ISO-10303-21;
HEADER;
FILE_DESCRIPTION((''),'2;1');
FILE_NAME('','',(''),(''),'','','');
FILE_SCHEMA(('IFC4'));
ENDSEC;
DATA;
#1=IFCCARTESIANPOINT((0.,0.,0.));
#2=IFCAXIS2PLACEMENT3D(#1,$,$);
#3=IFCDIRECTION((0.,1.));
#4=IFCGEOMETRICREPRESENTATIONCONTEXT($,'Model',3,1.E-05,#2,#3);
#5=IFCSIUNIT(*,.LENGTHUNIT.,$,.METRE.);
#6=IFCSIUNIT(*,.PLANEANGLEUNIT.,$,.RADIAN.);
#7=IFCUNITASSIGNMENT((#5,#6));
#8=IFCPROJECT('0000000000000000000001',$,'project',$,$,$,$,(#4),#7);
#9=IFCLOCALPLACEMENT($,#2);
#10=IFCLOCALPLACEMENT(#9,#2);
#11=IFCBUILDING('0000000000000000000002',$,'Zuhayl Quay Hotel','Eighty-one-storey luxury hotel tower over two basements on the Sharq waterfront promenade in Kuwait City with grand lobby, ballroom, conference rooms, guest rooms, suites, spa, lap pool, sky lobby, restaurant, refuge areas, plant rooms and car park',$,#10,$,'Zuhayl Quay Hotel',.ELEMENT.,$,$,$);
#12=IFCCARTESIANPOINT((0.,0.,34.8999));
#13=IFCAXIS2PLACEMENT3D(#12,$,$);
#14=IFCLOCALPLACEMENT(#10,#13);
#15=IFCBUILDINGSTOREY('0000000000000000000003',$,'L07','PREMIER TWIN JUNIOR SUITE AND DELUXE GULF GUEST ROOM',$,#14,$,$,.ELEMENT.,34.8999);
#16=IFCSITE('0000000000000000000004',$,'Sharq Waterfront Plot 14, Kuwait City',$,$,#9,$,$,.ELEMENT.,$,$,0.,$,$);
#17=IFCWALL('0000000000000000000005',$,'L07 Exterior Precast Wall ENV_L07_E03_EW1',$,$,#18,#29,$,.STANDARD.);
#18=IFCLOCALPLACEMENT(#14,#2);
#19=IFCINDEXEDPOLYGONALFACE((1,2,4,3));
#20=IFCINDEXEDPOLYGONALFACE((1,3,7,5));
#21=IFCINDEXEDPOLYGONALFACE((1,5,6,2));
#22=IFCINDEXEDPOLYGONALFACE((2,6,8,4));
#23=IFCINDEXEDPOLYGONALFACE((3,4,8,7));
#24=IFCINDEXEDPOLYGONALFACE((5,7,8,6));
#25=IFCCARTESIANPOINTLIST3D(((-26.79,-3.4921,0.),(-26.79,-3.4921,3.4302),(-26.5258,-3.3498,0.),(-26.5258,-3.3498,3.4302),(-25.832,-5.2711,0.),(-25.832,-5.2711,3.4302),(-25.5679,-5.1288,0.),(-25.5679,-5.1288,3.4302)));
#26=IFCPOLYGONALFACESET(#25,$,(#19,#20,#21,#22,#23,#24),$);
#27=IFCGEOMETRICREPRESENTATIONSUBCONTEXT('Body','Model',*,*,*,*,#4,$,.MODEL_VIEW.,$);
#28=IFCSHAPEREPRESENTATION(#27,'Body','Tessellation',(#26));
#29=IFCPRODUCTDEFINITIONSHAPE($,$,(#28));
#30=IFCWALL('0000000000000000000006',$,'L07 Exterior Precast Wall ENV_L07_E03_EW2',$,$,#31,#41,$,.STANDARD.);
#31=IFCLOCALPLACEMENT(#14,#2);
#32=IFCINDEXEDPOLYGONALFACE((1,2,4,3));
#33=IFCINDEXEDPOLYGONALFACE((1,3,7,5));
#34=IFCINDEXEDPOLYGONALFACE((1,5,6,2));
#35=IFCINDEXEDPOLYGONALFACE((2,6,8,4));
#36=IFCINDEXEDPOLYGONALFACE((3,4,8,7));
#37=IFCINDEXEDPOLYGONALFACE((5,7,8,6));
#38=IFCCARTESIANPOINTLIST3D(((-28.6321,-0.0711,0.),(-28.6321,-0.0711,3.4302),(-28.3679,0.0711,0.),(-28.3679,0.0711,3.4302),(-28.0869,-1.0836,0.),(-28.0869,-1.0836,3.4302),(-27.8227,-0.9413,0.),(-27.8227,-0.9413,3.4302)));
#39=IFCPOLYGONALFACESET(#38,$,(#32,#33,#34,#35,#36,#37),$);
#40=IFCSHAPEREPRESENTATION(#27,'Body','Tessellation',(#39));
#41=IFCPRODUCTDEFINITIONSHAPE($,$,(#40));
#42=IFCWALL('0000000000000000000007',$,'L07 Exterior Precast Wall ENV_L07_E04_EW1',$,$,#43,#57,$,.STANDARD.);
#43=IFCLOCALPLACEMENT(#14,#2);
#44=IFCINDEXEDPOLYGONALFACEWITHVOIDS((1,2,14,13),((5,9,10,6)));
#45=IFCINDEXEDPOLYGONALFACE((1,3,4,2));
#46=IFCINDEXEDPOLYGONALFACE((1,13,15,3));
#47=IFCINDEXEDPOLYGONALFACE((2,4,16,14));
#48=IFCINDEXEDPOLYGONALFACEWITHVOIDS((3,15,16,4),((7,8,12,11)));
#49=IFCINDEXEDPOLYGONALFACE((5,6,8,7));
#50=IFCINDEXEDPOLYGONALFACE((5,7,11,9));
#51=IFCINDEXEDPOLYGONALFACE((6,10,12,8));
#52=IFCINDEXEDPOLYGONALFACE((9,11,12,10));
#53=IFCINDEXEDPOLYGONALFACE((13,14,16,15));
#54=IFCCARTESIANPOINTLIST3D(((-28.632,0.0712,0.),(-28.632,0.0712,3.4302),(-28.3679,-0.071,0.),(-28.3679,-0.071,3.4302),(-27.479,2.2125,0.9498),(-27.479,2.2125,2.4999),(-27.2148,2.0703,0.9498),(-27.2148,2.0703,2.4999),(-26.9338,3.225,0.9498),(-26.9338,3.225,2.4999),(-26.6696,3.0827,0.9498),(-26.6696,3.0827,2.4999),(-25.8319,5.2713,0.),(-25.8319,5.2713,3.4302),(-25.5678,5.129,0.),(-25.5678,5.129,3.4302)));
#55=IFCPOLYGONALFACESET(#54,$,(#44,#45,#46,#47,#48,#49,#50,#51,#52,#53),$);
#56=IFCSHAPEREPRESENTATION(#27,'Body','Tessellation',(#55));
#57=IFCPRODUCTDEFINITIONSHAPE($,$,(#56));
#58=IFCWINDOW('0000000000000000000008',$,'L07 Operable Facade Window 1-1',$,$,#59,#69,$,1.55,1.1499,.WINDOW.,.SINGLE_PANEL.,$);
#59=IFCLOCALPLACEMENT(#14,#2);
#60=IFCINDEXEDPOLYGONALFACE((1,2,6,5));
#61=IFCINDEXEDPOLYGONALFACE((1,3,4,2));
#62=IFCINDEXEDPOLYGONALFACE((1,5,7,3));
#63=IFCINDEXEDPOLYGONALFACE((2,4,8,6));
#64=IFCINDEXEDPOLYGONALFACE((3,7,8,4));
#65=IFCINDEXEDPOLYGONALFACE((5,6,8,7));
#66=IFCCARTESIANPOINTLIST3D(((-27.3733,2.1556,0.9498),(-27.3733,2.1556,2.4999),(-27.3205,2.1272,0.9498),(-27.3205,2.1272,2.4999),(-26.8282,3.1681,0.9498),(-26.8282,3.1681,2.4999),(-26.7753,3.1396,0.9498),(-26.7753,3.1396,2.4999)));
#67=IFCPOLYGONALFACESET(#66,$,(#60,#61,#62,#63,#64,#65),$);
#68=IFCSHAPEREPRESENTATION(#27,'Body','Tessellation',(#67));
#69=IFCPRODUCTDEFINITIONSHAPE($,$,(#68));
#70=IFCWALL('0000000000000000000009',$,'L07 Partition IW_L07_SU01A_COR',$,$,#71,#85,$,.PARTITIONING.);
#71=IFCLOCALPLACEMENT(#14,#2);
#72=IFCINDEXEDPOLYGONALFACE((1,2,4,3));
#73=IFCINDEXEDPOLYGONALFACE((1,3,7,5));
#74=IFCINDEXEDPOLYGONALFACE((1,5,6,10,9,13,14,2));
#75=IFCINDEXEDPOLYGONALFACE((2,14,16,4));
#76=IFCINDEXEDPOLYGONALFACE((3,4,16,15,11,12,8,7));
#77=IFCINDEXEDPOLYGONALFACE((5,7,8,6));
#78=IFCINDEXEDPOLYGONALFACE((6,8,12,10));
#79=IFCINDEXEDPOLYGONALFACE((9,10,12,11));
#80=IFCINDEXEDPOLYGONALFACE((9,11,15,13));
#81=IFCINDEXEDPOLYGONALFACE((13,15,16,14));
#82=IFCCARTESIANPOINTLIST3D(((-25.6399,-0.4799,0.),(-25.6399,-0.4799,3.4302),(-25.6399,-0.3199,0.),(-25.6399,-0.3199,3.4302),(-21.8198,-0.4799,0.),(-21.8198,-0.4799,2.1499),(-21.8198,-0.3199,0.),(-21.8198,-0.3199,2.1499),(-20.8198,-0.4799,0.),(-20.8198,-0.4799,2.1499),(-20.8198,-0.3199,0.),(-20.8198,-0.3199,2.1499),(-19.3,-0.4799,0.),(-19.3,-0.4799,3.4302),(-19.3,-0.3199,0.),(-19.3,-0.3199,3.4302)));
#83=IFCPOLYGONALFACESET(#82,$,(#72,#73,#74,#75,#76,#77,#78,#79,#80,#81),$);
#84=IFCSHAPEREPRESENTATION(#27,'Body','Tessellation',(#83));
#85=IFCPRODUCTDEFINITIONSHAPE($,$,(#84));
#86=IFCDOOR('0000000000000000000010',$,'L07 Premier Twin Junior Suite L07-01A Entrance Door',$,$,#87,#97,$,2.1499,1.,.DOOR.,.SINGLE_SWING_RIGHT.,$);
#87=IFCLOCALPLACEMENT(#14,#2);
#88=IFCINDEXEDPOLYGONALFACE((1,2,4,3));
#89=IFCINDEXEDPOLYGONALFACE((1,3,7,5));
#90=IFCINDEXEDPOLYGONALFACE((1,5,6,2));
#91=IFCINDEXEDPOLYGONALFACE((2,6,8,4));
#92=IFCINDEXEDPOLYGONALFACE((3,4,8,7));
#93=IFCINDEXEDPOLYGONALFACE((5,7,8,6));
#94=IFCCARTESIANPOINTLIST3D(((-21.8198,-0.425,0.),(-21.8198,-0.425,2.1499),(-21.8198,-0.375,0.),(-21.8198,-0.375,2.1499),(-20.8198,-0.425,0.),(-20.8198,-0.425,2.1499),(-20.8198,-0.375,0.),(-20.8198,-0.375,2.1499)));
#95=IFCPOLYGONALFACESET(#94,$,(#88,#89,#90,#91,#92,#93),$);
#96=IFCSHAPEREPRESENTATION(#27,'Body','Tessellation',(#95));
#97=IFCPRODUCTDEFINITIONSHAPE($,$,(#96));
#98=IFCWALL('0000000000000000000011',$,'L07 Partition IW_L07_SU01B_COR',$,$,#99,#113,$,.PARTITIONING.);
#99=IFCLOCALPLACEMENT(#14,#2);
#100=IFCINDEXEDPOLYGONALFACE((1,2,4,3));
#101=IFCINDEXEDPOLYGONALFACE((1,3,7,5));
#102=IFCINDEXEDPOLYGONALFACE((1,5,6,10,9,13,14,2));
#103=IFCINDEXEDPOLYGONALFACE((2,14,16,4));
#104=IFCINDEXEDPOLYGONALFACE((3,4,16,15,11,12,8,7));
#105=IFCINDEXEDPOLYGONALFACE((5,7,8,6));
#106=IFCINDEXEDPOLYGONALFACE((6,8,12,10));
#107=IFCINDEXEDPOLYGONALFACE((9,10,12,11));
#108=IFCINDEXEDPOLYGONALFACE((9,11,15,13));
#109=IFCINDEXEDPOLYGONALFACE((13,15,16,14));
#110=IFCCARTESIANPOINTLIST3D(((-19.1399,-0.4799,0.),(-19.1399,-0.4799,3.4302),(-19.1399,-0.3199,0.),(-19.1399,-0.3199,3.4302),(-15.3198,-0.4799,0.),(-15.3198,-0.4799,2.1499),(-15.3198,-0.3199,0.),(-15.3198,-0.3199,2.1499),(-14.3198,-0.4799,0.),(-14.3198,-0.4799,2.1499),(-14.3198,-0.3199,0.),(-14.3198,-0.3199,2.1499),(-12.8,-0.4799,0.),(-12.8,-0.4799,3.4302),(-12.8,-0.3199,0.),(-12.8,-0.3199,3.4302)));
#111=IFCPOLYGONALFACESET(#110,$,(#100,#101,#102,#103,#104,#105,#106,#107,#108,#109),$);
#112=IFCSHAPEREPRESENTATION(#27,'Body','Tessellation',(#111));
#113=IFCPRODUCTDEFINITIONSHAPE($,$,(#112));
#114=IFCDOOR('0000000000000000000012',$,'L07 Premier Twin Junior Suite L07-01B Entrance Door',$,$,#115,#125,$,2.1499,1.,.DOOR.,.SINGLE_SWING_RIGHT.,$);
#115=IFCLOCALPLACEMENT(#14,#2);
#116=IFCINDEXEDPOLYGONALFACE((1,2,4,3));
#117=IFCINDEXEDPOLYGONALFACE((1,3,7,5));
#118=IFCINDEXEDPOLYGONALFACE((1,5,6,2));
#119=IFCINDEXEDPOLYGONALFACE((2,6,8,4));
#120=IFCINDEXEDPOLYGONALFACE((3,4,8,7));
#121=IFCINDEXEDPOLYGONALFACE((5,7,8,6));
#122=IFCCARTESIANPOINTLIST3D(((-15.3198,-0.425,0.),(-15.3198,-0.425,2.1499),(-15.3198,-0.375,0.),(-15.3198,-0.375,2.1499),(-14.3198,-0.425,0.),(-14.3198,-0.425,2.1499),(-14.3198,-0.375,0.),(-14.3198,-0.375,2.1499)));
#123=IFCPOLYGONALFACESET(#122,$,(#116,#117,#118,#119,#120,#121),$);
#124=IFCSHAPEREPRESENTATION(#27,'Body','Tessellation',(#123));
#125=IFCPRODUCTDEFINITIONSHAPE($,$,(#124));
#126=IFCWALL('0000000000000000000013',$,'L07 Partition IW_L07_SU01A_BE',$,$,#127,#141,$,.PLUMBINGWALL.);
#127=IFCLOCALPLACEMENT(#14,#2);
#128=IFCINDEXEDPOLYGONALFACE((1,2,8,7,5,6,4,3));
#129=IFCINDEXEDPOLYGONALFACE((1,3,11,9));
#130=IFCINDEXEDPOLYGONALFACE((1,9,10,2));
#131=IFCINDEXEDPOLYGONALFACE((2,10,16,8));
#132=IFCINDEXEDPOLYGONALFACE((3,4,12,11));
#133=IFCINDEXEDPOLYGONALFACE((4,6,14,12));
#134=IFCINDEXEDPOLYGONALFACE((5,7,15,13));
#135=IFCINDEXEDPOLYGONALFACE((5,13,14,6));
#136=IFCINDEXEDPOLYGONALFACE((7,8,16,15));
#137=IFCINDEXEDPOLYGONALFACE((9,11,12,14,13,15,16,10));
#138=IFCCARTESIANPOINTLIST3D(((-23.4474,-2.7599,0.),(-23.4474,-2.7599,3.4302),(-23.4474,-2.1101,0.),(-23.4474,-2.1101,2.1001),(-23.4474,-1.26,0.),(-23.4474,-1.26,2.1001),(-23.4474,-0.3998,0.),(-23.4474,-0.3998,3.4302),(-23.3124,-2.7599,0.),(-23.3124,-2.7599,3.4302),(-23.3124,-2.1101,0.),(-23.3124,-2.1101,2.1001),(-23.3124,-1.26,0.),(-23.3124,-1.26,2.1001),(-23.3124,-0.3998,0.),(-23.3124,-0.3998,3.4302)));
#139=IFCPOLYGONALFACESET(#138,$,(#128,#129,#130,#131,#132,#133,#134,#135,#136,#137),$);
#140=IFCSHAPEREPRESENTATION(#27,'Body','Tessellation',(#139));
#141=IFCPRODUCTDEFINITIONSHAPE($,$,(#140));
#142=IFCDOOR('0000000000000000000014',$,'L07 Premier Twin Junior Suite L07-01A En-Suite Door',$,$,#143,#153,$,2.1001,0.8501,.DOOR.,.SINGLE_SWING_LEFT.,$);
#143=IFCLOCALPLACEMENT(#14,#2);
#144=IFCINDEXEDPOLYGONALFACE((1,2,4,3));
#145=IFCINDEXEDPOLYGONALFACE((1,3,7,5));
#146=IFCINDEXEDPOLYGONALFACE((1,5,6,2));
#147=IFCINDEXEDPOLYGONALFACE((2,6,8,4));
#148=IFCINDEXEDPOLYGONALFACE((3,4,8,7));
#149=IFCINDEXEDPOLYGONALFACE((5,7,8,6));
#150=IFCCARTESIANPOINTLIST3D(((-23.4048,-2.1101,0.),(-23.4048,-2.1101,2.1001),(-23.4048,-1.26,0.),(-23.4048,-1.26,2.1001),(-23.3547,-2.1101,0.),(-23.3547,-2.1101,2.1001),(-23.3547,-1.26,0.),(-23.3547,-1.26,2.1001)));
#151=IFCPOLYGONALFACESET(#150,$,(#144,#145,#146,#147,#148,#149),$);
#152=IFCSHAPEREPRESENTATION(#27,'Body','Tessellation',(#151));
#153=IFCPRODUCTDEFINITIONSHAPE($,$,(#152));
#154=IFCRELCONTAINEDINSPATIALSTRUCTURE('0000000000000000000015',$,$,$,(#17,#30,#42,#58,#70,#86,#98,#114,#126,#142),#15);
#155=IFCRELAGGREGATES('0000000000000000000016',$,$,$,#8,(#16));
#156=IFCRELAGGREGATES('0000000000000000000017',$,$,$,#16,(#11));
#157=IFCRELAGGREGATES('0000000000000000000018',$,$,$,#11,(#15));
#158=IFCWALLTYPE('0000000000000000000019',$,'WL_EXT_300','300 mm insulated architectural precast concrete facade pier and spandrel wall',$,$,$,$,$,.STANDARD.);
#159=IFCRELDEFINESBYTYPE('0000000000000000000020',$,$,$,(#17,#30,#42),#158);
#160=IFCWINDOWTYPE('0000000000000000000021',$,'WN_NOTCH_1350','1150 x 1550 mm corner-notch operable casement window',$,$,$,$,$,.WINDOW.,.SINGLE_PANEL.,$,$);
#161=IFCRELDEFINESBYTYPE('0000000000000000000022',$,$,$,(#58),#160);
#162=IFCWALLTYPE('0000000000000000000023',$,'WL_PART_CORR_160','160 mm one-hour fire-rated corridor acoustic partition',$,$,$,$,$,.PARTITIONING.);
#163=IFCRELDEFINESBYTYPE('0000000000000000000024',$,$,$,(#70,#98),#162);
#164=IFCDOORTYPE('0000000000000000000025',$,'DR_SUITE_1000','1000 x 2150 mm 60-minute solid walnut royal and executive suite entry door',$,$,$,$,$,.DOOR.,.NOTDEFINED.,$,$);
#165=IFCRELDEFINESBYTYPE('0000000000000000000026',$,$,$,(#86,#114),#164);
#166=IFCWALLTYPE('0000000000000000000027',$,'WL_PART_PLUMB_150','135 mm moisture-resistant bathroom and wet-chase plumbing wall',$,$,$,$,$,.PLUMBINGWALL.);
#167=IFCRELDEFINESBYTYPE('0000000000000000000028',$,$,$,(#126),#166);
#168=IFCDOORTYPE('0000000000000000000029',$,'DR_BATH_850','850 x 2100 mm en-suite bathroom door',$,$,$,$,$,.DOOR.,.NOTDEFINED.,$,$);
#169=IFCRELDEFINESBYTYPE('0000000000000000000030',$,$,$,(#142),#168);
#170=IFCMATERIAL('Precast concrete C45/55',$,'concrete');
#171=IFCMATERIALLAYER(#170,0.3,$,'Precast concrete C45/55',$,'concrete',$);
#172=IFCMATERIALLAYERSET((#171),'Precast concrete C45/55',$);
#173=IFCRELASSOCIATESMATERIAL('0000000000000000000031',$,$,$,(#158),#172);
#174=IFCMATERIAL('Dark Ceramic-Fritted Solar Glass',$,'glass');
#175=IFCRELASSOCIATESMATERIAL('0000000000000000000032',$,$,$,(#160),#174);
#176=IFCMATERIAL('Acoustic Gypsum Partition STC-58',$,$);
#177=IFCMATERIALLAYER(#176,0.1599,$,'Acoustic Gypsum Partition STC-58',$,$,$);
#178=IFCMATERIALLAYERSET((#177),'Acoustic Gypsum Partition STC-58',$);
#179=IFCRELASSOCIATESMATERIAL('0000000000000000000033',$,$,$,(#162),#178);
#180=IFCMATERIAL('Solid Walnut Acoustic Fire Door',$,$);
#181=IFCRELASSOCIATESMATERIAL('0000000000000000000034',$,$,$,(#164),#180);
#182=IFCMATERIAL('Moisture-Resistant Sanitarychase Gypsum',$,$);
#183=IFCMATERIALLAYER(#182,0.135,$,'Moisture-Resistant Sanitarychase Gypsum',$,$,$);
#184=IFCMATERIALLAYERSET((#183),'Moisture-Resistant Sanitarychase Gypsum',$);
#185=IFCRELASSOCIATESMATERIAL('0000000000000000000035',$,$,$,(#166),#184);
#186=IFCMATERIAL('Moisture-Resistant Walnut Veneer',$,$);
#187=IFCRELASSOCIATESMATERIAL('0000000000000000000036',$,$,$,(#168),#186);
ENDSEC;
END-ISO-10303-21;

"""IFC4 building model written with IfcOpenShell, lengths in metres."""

from ifc_helpers import new_model, si_unit, direction, frame, frame_2d, origin, place, context, subcontext, project, spatial, rectangle, extrude, material, layer, layer_set, type_object, element, fill, save


model = new_model("IFC4")

# Units and contexts
model_context = context("Model", 3, precision=1e-05, world=origin(), true_north=direction((0.0, 1.0)))
body_context = subcontext(model_context, "Body", "Model", "MODEL_VIEW")
ifc_project = project(units=[si_unit("LENGTHUNIT", "METRE"), si_unit("PLANEANGLEUNIT", "RADIAN")], contexts=[model_context])

# Site, building, storey
site_placement = place(None, origin())
site = spatial("IfcSite", under=ifc_project, at=site_placement, Name="Sharq Waterfront Plot 14, Kuwait City", CompositionType="ELEMENT", RefElevation=0.0)
building_placement = place(site_placement, origin())
building = spatial("IfcBuilding", under=site, at=building_placement, Name="Zuhayl Quay Hotel", Description="Eighty-one-storey luxury hotel tower over two basements on the Sharq waterfront promenade in Kuwait City with grand lobby, ballroom, conference rooms, guest rooms, suites, spa, lap pool, sky lobby, restaurant, refuge areas, plant rooms and car park", LongName="Zuhayl Quay Hotel", CompositionType="ELEMENT")
storey_placement = place(building_placement, frame((0.0, 0.0, 34.8999)))
storey = spatial("IfcBuildingStorey", under=building, at=storey_placement, Name="L07", Description="PREMIER TWIN JUNIOR SUITE AND DELUXE GULF GUEST ROOM", CompositionType="ELEMENT", Elevation=34.8999)

# Shared definitions
ifc_material_1 = material(Name="Dark Ceramic-Fritted Solar Glass", Category="glass")

# Walls
ifc_material_2 = material(Name="Precast concrete C45/55", Category="concrete")
ifc_layer_1 = layer(ifc_material_2, 0.3, Name="Precast concrete C45/55", Category="concrete")
ifc_layer_set_1 = layer_set([ifc_layer_1], Name="Precast concrete C45/55")
wall_type_1 = type_object("IfcWallType", Name="WL_EXT_300", Description="300 mm insulated architectural precast concrete facade pier and spandrel wall", PredefinedType="STANDARD", material=ifc_layer_set_1)
wall_1_placement = place(storey_placement, frame((-25.7, -5.2, 0.0), z_axis=(0.0, 0.0, 1.0), x_axis=(-0.474121, 0.880459, 0.0)))
element("IfcWall", 1, at=wall_1_placement, inside=storey, type_object=wall_type_1, Name="L07 Exterior Precast Wall ENV_L07_E03_EW1", PredefinedType="STANDARD", context=body_context, shape_type="SweptSolid", body=[
    extrude(rectangle(XDim=2.0205, YDim=0.3, at=frame_2d((1.0103, 0.0))), origin(), (0.0, 0.0, 1.0), 3.4302),
])
wall_2_placement = place(storey_placement, frame((-27.9548, -1.0125, 0.0), z_axis=(0.0, 0.0, 1.0), x_axis=(-0.4741, 0.880471, 0.0)))
element("IfcWall", 2, at=wall_2_placement, inside=storey, type_object=wall_type_1, Name="L07 Exterior Precast Wall ENV_L07_E03_EW2", PredefinedType="STANDARD", context=body_context, shape_type="SweptSolid", body=[
    extrude(rectangle(XDim=1.1499, YDim=0.3, at=frame_2d((0.575, 0.0))), origin(), (0.0, 0.0, 1.0), 3.4302),
])

# Wall, opening, window
wall_3_placement = place(storey_placement, frame((-28.5, 0.0, 0.0), z_axis=(0.0, 0.0, 1.0), x_axis=(0.47411, 0.880466, 0.0)))
wall_3 = element("IfcWall", 3, at=wall_3_placement, inside=storey, type_object=wall_type_1, Name="L07 Exterior Precast Wall ENV_L07_E04_EW1", PredefinedType="STANDARD", context=body_context, shape_type="SweptSolid", body=[
    extrude(rectangle(XDim=5.906, YDim=0.3, at=frame_2d((2.9531, 0.0))), origin(), (0.0, 0.0, 1.0), 3.4302),
])
opening_1_placement = place(wall_3_placement, frame((2.4321, 0.0, 0.95)))
opening_1 = element("IfcOpeningElement", 4, at=opening_1_placement, cuts=wall_3, PredefinedType="OPENING", context=body_context, shape_type="SweptSolid", body=[
    extrude(rectangle(XDim=1.1499, YDim=1.55, at=frame_2d((0.575, 0.7749))), frame((0.0, 0.1599, 0.0), z_axis=(0.0, -1.0, 0.0), x_axis=(1.0, 0.0, 0.0)), (0.0, 0.0, 1.0), 0.3201),
])
window_type = type_object("IfcWindowType", Name="WN_NOTCH_1350", Description="1150 x 1550 mm corner-notch operable casement window", PartitioningType="SINGLE_PANEL", PredefinedType="WINDOW", material=ifc_material_1)
window_placement = place(opening_1_placement, origin())
window = element("IfcWindow", 5, at=window_placement, inside=storey, type_object=window_type, Name="L07 Operable Facade Window 1-1", OverallHeight=1.55, OverallWidth=1.1499, PartitioningType="SINGLE_PANEL", PredefinedType="WINDOW", context=body_context, shape_type="SweptSolid", body=[
    extrude(rectangle(XDim=1.1499, YDim=1.55, at=frame_2d((0.575, 0.7749))), frame((0.0, 0.03, 0.0), z_axis=(0.0, -1.0, 0.0), x_axis=(1.0, 0.0, 0.0)), (0.0, 0.0, 1.0), 0.0601),
])
fill(opening_1, window)

# Walls, openings, doors
ifc_material_3 = material(Name="Acoustic Gypsum Partition STC-58")
ifc_layer_2 = layer(ifc_material_3, 0.1599, Name="Acoustic Gypsum Partition STC-58")
ifc_layer_set_2 = layer_set([ifc_layer_2], Name="Acoustic Gypsum Partition STC-58")
wall_type_2 = type_object("IfcWallType", Name="WL_PART_CORR_160", Description="160 mm one-hour fire-rated corridor acoustic partition", PredefinedType="PARTITIONING", material=ifc_layer_set_2)
wall_4_placement = place(storey_placement, frame((-25.6399, -0.3999, 0.0), z_axis=(0.0, 0.0, 1.0), x_axis=(1.0, 0.0, 0.0)))
wall_4 = element("IfcWall", 6, at=wall_4_placement, inside=storey, type_object=wall_type_2, Name="L07 Partition IW_L07_SU01A_COR", PredefinedType="PARTITIONING", context=body_context, shape_type="SweptSolid", body=[
    extrude(rectangle(XDim=6.3398, YDim=0.1599, at=frame_2d((3.1699, 0.0))), origin(), (0.0, 0.0, 1.0), 3.4302),
])
opening_2_placement = place(wall_4_placement, frame((3.8201, 0.0, 0.0)))
opening_2 = element("IfcOpeningElement", 7, at=opening_2_placement, cuts=wall_4, PredefinedType="OPENING", context=body_context, shape_type="SweptSolid", body=[
    extrude(rectangle(XDim=1.0, YDim=2.1499, at=frame_2d((0.5, 1.075))), frame((0.0, 0.0898, 0.0), z_axis=(0.0, -1.0, 0.0), x_axis=(1.0, 0.0, 0.0)), (0.0, 0.0, 1.0), 0.1799),
])
ifc_material_4 = material(Name="Solid Walnut Acoustic Fire Door")
door_type_1 = type_object("IfcDoorType", Name="DR_SUITE_1000", Description="1000 x 2150 mm 60-minute solid walnut royal and executive suite entry door", OperationType="NOTDEFINED", PredefinedType="DOOR", material=ifc_material_4)
door_1_placement = place(opening_2_placement, origin())
door_1 = element("IfcDoor", 8, at=door_1_placement, inside=storey, type_object=door_type_1, Name="L07 Premier Twin Junior Suite L07-01A Entrance Door", OperationType="SINGLE_SWING_RIGHT", OverallHeight=2.1499, OverallWidth=1.0, PredefinedType="DOOR", context=body_context, shape_type="SweptSolid", body=[
    extrude(rectangle(XDim=1.0, YDim=2.1499, at=frame_2d((0.5, 1.075))), frame((0.0, 0.0249, 0.0), z_axis=(0.0, -1.0, 0.0), x_axis=(1.0, 0.0, 0.0)), (0.0, 0.0, 1.0), 0.05),
])
fill(opening_2, door_1)
wall_5_placement = place(storey_placement, frame((-19.1399, -0.3999, 0.0), z_axis=(0.0, 0.0, 1.0), x_axis=(1.0, 0.0, 0.0)))
wall_5 = element("IfcWall", 9, at=wall_5_placement, inside=storey, type_object=wall_type_2, Name="L07 Partition IW_L07_SU01B_COR", PredefinedType="PARTITIONING", context=body_context, shape_type="SweptSolid", body=[
    extrude(rectangle(XDim=6.3398, YDim=0.1599, at=frame_2d((3.1699, 0.0))), origin(), (0.0, 0.0, 1.0), 3.4302),
])
opening_3_placement = place(wall_5_placement, frame((3.8201, 0.0, 0.0)))
opening_3 = element("IfcOpeningElement", 10, at=opening_3_placement, cuts=wall_5, PredefinedType="OPENING", context=body_context, shape_type="SweptSolid", body=[
    extrude(rectangle(XDim=1.0, YDim=2.1499, at=frame_2d((0.5, 1.075))), frame((0.0, 0.0898, 0.0), z_axis=(0.0, -1.0, 0.0), x_axis=(1.0, 0.0, 0.0)), (0.0, 0.0, 1.0), 0.1799),
])
door_2_placement = place(opening_3_placement, origin())
door_2 = element("IfcDoor", 11, at=door_2_placement, inside=storey, type_object=door_type_1, Name="L07 Premier Twin Junior Suite L07-01B Entrance Door", OperationType="SINGLE_SWING_RIGHT", OverallHeight=2.1499, OverallWidth=1.0, PredefinedType="DOOR", context=body_context, shape_type="SweptSolid", body=[
    extrude(rectangle(XDim=1.0, YDim=2.1499, at=frame_2d((0.5, 1.075))), frame((0.0, 0.0249, 0.0), z_axis=(0.0, -1.0, 0.0), x_axis=(1.0, 0.0, 0.0)), (0.0, 0.0, 1.0), 0.05),
])
fill(opening_3, door_2)
ifc_material_5 = material(Name="Moisture-Resistant Sanitarychase Gypsum")
ifc_layer_3 = layer(ifc_material_5, 0.135, Name="Moisture-Resistant Sanitarychase Gypsum")
ifc_layer_set_3 = layer_set([ifc_layer_3], Name="Moisture-Resistant Sanitarychase Gypsum")
wall_type_3 = type_object("IfcWallType", Name="WL_PART_PLUMB_150", Description="135 mm moisture-resistant bathroom and wet-chase plumbing wall", PredefinedType="PLUMBINGWALL", material=ifc_layer_set_3)
wall_6_placement = place(storey_placement, frame((-23.3799, -2.76, 0.0), z_axis=(0.0, 0.0, 1.0), x_axis=(0.0, 1.0, 0.0)))
wall_6 = element("IfcWall", 12, at=wall_6_placement, inside=storey, type_object=wall_type_3, Name="L07 Partition IW_L07_SU01A_BE", PredefinedType="PLUMBINGWALL", context=body_context, shape_type="SweptSolid", body=[
    extrude(rectangle(XDim=2.3601, YDim=0.135, at=frame_2d((1.1802, 0.0))), origin(), (0.0, 0.0, 1.0), 3.4302),
])
opening_4_placement = place(wall_6_placement, frame((0.6499, 0.0, 0.0)))
opening_4 = element("IfcOpeningElement", 13, at=opening_4_placement, cuts=wall_6, PredefinedType="OPENING", context=body_context, shape_type="SweptSolid", body=[
    extrude(rectangle(XDim=0.8501, YDim=2.1001, at=frame_2d((0.425, 1.05))), frame((0.0, 0.0774, 0.0), z_axis=(0.0, -1.0, 0.0), x_axis=(1.0, 0.0, 0.0)), (0.0, 0.0, 1.0), 0.155),
])
ifc_material_6 = material(Name="Moisture-Resistant Walnut Veneer")
door_type_2 = type_object("IfcDoorType", Name="DR_BATH_850", Description="850 x 2100 mm en-suite bathroom door", OperationType="NOTDEFINED", PredefinedType="DOOR", material=ifc_material_6)
door_3_placement = place(opening_4_placement, origin())
door_3 = element("IfcDoor", 14, at=door_3_placement, inside=storey, type_object=door_type_2, Name="L07 Premier Twin Junior Suite L07-01A En-Suite Door", OperationType="SINGLE_SWING_LEFT", OverallHeight=2.1001, OverallWidth=0.8501, PredefinedType="DOOR", context=body_context, shape_type="SweptSolid", body=[
    extrude(rectangle(XDim=0.8501, YDim=2.1001, at=frame_2d((0.425, 1.05))), frame((0.0, 0.0249, 0.0), z_axis=(0.0, -1.0, 0.0), x_axis=(1.0, 0.0, 0.0)), (0.0, 0.0, 1.0), 0.05),
])
fill(opening_4, door_3)

save(model, "model.ifc")
